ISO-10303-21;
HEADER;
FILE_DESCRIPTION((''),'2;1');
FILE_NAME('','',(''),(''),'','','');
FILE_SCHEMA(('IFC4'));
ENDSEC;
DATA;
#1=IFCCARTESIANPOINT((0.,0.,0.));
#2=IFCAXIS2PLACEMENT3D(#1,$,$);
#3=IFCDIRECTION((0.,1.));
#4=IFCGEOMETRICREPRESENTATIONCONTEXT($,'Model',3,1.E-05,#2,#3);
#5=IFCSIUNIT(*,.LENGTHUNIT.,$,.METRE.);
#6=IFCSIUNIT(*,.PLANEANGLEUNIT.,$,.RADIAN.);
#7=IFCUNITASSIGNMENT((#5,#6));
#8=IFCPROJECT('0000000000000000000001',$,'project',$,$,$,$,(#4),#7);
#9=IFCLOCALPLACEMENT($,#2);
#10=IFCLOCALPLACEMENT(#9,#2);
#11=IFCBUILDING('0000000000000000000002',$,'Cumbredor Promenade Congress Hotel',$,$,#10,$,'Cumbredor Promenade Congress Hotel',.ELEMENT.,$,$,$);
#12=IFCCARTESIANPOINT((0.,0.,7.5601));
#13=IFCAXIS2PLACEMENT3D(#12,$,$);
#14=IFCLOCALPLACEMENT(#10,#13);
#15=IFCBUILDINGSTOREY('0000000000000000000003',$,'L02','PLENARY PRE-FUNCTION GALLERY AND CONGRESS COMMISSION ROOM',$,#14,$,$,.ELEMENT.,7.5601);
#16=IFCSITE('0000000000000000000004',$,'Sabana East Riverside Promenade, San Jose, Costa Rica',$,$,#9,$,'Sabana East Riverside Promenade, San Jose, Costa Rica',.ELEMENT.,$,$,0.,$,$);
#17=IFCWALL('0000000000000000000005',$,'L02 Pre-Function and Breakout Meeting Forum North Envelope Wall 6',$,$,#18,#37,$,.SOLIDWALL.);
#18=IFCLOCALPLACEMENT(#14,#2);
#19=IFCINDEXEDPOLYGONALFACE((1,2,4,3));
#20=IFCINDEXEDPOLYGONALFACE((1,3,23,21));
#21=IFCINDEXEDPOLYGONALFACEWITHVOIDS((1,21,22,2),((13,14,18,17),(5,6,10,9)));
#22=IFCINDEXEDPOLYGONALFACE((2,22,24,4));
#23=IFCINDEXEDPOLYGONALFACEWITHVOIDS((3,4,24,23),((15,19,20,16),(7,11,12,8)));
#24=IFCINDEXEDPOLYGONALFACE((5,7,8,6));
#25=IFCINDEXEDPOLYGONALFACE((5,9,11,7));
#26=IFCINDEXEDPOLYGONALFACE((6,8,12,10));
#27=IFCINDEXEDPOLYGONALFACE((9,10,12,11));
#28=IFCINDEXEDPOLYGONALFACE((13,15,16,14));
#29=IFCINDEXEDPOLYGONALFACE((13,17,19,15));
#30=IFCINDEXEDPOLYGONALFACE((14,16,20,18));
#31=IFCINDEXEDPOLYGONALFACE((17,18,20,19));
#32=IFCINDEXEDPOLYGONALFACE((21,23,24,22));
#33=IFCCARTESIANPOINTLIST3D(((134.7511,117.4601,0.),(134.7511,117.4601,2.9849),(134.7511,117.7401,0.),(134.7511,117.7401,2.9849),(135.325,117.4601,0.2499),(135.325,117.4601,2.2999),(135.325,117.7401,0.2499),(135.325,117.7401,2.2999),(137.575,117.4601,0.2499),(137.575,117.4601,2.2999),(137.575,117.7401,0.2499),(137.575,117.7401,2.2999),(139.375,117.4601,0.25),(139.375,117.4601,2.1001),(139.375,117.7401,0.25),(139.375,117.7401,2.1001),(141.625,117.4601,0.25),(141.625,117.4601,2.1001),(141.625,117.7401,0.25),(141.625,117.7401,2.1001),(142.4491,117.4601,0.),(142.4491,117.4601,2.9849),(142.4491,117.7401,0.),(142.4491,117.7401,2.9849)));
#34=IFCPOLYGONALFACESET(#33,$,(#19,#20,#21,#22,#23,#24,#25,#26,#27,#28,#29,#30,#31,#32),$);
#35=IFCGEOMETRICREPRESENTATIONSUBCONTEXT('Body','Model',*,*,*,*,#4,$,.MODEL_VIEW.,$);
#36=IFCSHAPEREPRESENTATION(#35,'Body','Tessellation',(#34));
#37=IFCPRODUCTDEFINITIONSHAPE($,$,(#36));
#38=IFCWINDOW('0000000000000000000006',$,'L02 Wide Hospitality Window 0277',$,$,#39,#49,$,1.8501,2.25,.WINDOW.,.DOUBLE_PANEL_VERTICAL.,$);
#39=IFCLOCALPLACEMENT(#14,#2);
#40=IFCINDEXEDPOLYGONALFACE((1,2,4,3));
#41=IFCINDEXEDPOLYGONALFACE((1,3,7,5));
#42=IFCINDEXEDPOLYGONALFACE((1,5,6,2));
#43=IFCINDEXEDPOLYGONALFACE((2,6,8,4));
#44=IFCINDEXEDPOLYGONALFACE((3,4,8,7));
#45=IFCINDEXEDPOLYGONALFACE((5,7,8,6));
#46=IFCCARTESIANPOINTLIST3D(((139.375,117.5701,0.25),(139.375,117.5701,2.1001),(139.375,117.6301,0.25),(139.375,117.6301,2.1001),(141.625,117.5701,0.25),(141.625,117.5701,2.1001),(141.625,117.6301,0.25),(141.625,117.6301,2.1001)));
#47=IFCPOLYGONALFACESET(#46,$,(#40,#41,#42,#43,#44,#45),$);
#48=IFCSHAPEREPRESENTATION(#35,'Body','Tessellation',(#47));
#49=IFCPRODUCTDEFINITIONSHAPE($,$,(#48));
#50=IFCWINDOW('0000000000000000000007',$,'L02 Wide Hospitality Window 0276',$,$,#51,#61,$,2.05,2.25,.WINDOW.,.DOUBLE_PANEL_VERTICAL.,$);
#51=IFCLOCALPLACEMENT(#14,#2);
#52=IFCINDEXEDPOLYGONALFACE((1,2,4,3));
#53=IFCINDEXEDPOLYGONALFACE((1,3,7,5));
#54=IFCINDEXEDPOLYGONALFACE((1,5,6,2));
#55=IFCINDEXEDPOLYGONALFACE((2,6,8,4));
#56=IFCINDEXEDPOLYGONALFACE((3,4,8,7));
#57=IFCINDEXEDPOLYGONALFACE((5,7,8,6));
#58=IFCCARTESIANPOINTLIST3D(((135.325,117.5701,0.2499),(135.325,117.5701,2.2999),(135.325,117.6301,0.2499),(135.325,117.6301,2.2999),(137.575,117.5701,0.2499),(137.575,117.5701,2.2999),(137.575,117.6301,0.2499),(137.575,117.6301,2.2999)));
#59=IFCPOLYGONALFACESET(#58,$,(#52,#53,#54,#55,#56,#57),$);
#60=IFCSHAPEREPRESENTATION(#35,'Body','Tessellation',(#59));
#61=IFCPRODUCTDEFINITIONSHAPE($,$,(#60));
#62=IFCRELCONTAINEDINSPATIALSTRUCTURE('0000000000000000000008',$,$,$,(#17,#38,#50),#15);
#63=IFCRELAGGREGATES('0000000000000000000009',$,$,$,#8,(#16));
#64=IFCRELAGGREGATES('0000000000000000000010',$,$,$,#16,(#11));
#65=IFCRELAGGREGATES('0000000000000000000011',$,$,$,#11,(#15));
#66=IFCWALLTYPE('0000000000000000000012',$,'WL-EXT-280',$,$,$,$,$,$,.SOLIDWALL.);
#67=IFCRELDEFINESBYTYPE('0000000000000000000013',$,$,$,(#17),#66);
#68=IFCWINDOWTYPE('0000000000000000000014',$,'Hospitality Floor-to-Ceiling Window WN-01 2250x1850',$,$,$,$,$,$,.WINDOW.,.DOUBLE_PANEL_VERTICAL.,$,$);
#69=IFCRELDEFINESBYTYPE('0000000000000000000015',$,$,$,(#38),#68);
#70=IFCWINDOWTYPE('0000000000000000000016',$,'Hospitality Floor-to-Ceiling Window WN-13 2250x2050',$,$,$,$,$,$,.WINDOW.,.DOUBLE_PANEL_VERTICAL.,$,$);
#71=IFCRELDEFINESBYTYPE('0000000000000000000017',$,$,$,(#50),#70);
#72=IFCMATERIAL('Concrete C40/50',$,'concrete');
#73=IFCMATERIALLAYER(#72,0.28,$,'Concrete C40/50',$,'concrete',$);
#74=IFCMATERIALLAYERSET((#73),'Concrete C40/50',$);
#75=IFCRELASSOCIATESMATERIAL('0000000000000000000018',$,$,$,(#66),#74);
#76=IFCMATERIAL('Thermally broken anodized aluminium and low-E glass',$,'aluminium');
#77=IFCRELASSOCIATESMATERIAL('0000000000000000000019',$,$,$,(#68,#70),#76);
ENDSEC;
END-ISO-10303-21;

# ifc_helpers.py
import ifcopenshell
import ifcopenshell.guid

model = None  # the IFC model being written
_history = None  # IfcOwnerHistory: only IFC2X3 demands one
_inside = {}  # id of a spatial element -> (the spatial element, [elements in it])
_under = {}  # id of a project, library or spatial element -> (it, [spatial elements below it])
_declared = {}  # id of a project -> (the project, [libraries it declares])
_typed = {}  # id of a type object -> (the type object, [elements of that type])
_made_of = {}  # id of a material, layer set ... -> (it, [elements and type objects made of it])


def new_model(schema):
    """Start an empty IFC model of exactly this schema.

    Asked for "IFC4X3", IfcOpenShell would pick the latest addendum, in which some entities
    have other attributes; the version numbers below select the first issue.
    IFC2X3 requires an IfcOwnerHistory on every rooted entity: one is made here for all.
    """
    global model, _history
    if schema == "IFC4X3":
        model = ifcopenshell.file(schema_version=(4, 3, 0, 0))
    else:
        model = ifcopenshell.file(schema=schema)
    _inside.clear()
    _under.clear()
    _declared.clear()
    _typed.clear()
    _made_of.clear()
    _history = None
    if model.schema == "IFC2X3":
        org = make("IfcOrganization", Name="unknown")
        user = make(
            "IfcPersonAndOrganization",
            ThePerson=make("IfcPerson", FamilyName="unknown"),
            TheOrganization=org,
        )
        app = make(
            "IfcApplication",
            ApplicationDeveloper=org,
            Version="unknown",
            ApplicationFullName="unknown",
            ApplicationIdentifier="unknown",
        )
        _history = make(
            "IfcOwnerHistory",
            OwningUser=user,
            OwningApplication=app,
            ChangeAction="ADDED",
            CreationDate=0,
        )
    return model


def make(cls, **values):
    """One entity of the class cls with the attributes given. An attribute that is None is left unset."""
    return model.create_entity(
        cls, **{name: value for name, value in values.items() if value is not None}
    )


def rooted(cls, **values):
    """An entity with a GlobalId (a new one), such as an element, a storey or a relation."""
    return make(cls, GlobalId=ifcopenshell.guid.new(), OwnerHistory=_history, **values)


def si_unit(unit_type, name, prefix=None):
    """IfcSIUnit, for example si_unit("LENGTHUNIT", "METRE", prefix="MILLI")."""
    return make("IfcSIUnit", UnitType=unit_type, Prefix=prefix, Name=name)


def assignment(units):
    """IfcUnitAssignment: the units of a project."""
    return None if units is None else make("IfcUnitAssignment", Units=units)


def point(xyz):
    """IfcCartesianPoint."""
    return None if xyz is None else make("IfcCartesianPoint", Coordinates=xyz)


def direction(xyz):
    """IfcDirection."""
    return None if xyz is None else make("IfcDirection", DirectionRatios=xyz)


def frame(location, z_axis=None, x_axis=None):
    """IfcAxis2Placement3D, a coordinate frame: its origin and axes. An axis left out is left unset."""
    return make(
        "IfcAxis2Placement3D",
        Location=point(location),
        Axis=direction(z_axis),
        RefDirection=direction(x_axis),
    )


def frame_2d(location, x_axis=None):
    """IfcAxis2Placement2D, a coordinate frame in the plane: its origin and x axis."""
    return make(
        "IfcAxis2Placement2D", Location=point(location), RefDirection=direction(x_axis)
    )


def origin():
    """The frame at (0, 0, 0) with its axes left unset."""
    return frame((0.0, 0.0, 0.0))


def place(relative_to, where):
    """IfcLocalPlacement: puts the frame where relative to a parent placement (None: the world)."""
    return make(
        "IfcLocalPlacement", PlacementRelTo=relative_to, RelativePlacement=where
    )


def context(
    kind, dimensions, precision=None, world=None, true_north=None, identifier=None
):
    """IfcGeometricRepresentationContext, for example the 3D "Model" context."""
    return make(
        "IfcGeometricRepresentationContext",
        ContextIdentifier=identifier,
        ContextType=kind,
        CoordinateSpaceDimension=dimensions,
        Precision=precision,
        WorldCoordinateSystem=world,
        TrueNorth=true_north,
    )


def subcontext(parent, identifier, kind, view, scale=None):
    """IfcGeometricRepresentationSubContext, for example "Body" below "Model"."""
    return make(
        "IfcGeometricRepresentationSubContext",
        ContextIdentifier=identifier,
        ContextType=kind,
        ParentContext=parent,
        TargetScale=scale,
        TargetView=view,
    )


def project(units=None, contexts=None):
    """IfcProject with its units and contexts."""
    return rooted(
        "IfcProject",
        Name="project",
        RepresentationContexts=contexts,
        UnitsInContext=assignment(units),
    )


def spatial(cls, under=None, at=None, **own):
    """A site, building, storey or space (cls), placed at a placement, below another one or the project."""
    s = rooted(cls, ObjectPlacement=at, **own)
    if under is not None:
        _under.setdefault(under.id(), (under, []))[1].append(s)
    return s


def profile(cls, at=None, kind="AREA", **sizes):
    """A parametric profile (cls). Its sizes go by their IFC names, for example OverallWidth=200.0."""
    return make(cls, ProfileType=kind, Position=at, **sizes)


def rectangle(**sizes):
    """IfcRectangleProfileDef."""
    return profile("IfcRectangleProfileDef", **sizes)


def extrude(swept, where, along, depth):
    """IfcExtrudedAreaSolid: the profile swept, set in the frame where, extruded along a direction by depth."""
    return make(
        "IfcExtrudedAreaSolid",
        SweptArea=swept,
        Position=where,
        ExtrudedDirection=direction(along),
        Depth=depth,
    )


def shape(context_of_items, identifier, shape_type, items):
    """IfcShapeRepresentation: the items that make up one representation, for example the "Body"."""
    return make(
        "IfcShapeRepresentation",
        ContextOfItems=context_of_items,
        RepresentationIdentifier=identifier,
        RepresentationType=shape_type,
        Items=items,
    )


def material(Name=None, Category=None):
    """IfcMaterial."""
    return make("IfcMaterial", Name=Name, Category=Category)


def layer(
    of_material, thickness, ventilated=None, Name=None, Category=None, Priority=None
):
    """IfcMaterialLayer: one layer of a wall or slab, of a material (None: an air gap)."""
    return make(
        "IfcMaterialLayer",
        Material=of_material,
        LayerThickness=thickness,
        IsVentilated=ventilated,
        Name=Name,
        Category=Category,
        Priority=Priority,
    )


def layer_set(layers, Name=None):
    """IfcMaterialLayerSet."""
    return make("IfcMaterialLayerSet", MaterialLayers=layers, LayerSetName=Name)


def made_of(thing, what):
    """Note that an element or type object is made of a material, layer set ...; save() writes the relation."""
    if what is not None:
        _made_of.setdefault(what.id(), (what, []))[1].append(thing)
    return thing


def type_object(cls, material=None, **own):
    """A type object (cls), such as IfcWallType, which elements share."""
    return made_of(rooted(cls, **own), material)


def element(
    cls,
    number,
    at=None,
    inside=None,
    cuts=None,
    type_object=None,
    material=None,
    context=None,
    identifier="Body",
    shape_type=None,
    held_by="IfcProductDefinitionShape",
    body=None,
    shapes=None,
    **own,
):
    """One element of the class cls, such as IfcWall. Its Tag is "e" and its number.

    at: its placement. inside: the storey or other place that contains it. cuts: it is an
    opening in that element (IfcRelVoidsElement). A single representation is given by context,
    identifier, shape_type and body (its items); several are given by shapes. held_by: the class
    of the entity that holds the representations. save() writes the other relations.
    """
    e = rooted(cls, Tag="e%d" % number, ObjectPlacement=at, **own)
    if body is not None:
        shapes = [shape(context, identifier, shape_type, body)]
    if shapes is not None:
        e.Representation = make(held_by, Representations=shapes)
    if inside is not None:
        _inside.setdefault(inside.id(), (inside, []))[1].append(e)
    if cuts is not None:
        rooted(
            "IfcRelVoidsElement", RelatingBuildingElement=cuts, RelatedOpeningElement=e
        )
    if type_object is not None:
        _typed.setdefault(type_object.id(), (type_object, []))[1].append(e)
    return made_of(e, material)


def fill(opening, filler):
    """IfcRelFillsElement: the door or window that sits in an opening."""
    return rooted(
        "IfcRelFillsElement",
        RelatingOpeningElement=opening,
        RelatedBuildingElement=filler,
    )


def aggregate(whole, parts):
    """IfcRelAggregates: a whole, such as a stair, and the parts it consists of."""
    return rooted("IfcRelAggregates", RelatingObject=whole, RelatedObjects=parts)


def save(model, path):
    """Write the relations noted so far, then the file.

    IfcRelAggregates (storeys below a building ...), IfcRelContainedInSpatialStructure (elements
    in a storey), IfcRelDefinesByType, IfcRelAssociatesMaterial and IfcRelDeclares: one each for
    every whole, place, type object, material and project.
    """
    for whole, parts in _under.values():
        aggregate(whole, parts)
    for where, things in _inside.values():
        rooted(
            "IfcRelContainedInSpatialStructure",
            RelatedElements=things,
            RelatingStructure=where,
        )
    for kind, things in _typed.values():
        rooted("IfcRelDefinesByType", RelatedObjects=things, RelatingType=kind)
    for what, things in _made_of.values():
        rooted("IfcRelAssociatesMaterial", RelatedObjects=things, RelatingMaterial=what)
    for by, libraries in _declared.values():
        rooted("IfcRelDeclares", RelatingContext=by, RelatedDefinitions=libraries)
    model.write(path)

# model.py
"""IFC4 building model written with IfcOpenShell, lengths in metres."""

from ifc_helpers import new_model, si_unit, direction, frame, frame_2d, origin, place, context, subcontext, project, spatial, rectangle, extrude, material, layer, layer_set, type_object, element, fill, save


model = new_model("IFC4")

# Units and contexts
model_context = context("Model", 3, precision=1e-05, world=origin(), true_north=direction((0.0, 1.0)))
body_context = subcontext(model_context, "Body", "Model", "MODEL_VIEW")
ifc_project = project(units=[si_unit("LENGTHUNIT", "METRE"), si_unit("PLANEANGLEUNIT", "RADIAN")], contexts=[model_context])

# Site, building, storey
site_placement = place(None, origin())
site = spatial("IfcSite", under=ifc_project, at=site_placement, Name="Sabana East Riverside Promenade, San Jose, Costa Rica", LongName="Sabana East Riverside Promenade, San Jose, Costa Rica", CompositionType="ELEMENT", RefElevation=0.0)
building_placement = place(site_placement, origin())
building = spatial("IfcBuilding", under=site, at=building_placement, Name="Cumbredor Promenade Congress Hotel", LongName="Cumbredor Promenade Congress Hotel", CompositionType="ELEMENT")
storey_placement = place(building_placement, frame((0.0, 0.0, 7.5601)))
storey = spatial("IfcBuildingStorey", under=building, at=storey_placement, Name="L02", Description="PLENARY PRE-FUNCTION GALLERY AND CONGRESS COMMISSION ROOM", CompositionType="ELEMENT", Elevation=7.5601)

# Shared definitions
ifc_material_1 = material(Name="Concrete C40/50", Category="concrete")

# Shared definitions
ifc_material_2 = material(Name="Thermally broken anodized aluminium and low-E glass", Category="aluminium")

# Wall, openings, windows
ifc_layer_1 = layer(ifc_material_1, 0.28, Name="Concrete C40/50", Category="concrete")
ifc_layer_set_1 = layer_set([ifc_layer_1], Name="Concrete C40/50")
wall_type_1 = type_object("IfcWallType", Name="WL-EXT-280", PredefinedType="SOLIDWALL", material=ifc_layer_set_1)
wall_1_placement = place(storey_placement, frame((134.751, 117.6001, 0.0), z_axis=(0.0, 0.0, 1.0), x_axis=(1.0, 0.0, 0.0)))
wall_1 = element("IfcWall", 1, at=wall_1_placement, inside=storey, type_object=wall_type_1, Name="L02 Pre-Function and Breakout Meeting Forum North Envelope Wall 6", PredefinedType="SOLIDWALL", context=body_context, shape_type="SweptSolid", body=[
    extrude(rectangle(XDim=7.698, YDim=0.28, at=frame_2d((3.8491, 0.0))), origin(), (0.0, 0.0, 1.0), 2.9849),
])
opening_1_placement = place(wall_1_placement, frame((0.574, 0.0, 0.25)))
opening_1 = element("IfcOpeningElement", 2, at=opening_1_placement, cuts=wall_1, PredefinedType="OPENING", context=body_context, shape_type="SweptSolid", body=[
    extrude(rectangle(XDim=2.25, YDim=2.05, at=frame_2d((1.125, 1.0249))), frame((0.0, 0.1499, 0.0), z_axis=(0.0, -1.0, 0.0), x_axis=(1.0, 0.0, 0.0)), (0.0, 0.0, 1.0), 0.3),
])
opening_2_placement = place(wall_1_placement, frame((4.624, 0.0, 0.25)))
opening_2 = element("IfcOpeningElement", 3, at=opening_2_placement, cuts=wall_1, PredefinedType="OPENING", context=body_context, shape_type="SweptSolid", body=[
    extrude(rectangle(XDim=2.25, YDim=1.8501, at=frame_2d((1.125, 0.925))), frame((0.0, 0.1499, 0.0), z_axis=(0.0, -1.0, 0.0), x_axis=(1.0, 0.0, 0.0)), (0.0, 0.0, 1.0), 0.3),
])
window_type_1 = type_object("IfcWindowType", Name="Hospitality Floor-to-Ceiling Window WN-01 2250x1850", PartitioningType="DOUBLE_PANEL_VERTICAL", PredefinedType="WINDOW", material=ifc_material_2)
window_1_placement = place(opening_2_placement, origin())
window_1 = element("IfcWindow", 4, at=window_1_placement, inside=storey, type_object=window_type_1, Name="L02 Wide Hospitality Window 0277", OverallHeight=1.8501, OverallWidth=2.25, PartitioningType="DOUBLE_PANEL_VERTICAL", PredefinedType="WINDOW", context=body_context, shape_type="SweptSolid", body=[
    extrude(rectangle(XDim=2.25, YDim=1.8501, at=frame_2d((1.125, 0.925))), frame((0.0, 0.03, 0.0), z_axis=(0.0, -1.0, 0.0), x_axis=(1.0, 0.0, 0.0)), (0.0, 0.0, 1.0), 0.0601),
])
fill(opening_2, window_1)
window_type_2 = type_object("IfcWindowType", Name="Hospitality Floor-to-Ceiling Window WN-13 2250x2050", PartitioningType="DOUBLE_PANEL_VERTICAL", PredefinedType="WINDOW", material=ifc_material_2)
window_2_placement = place(opening_1_placement, origin())
window_2 = element("IfcWindow", 5, at=window_2_placement, inside=storey, type_object=window_type_2, Name="L02 Wide Hospitality Window 0276", OverallHeight=2.05, OverallWidth=2.25, PartitioningType="DOUBLE_PANEL_VERTICAL", PredefinedType="WINDOW", context=body_context, shape_type="SweptSolid", body=[
    extrude(rectangle(XDim=2.25, YDim=2.05, at=frame_2d((1.125, 1.0249))), frame((0.0, 0.03, 0.0), z_axis=(0.0, -1.0, 0.0), x_axis=(1.0, 0.0, 0.0)), (0.0, 0.0, 1.0), 0.0601),
])
fill(opening_1, window_2)

save(model, "model.ifc")
